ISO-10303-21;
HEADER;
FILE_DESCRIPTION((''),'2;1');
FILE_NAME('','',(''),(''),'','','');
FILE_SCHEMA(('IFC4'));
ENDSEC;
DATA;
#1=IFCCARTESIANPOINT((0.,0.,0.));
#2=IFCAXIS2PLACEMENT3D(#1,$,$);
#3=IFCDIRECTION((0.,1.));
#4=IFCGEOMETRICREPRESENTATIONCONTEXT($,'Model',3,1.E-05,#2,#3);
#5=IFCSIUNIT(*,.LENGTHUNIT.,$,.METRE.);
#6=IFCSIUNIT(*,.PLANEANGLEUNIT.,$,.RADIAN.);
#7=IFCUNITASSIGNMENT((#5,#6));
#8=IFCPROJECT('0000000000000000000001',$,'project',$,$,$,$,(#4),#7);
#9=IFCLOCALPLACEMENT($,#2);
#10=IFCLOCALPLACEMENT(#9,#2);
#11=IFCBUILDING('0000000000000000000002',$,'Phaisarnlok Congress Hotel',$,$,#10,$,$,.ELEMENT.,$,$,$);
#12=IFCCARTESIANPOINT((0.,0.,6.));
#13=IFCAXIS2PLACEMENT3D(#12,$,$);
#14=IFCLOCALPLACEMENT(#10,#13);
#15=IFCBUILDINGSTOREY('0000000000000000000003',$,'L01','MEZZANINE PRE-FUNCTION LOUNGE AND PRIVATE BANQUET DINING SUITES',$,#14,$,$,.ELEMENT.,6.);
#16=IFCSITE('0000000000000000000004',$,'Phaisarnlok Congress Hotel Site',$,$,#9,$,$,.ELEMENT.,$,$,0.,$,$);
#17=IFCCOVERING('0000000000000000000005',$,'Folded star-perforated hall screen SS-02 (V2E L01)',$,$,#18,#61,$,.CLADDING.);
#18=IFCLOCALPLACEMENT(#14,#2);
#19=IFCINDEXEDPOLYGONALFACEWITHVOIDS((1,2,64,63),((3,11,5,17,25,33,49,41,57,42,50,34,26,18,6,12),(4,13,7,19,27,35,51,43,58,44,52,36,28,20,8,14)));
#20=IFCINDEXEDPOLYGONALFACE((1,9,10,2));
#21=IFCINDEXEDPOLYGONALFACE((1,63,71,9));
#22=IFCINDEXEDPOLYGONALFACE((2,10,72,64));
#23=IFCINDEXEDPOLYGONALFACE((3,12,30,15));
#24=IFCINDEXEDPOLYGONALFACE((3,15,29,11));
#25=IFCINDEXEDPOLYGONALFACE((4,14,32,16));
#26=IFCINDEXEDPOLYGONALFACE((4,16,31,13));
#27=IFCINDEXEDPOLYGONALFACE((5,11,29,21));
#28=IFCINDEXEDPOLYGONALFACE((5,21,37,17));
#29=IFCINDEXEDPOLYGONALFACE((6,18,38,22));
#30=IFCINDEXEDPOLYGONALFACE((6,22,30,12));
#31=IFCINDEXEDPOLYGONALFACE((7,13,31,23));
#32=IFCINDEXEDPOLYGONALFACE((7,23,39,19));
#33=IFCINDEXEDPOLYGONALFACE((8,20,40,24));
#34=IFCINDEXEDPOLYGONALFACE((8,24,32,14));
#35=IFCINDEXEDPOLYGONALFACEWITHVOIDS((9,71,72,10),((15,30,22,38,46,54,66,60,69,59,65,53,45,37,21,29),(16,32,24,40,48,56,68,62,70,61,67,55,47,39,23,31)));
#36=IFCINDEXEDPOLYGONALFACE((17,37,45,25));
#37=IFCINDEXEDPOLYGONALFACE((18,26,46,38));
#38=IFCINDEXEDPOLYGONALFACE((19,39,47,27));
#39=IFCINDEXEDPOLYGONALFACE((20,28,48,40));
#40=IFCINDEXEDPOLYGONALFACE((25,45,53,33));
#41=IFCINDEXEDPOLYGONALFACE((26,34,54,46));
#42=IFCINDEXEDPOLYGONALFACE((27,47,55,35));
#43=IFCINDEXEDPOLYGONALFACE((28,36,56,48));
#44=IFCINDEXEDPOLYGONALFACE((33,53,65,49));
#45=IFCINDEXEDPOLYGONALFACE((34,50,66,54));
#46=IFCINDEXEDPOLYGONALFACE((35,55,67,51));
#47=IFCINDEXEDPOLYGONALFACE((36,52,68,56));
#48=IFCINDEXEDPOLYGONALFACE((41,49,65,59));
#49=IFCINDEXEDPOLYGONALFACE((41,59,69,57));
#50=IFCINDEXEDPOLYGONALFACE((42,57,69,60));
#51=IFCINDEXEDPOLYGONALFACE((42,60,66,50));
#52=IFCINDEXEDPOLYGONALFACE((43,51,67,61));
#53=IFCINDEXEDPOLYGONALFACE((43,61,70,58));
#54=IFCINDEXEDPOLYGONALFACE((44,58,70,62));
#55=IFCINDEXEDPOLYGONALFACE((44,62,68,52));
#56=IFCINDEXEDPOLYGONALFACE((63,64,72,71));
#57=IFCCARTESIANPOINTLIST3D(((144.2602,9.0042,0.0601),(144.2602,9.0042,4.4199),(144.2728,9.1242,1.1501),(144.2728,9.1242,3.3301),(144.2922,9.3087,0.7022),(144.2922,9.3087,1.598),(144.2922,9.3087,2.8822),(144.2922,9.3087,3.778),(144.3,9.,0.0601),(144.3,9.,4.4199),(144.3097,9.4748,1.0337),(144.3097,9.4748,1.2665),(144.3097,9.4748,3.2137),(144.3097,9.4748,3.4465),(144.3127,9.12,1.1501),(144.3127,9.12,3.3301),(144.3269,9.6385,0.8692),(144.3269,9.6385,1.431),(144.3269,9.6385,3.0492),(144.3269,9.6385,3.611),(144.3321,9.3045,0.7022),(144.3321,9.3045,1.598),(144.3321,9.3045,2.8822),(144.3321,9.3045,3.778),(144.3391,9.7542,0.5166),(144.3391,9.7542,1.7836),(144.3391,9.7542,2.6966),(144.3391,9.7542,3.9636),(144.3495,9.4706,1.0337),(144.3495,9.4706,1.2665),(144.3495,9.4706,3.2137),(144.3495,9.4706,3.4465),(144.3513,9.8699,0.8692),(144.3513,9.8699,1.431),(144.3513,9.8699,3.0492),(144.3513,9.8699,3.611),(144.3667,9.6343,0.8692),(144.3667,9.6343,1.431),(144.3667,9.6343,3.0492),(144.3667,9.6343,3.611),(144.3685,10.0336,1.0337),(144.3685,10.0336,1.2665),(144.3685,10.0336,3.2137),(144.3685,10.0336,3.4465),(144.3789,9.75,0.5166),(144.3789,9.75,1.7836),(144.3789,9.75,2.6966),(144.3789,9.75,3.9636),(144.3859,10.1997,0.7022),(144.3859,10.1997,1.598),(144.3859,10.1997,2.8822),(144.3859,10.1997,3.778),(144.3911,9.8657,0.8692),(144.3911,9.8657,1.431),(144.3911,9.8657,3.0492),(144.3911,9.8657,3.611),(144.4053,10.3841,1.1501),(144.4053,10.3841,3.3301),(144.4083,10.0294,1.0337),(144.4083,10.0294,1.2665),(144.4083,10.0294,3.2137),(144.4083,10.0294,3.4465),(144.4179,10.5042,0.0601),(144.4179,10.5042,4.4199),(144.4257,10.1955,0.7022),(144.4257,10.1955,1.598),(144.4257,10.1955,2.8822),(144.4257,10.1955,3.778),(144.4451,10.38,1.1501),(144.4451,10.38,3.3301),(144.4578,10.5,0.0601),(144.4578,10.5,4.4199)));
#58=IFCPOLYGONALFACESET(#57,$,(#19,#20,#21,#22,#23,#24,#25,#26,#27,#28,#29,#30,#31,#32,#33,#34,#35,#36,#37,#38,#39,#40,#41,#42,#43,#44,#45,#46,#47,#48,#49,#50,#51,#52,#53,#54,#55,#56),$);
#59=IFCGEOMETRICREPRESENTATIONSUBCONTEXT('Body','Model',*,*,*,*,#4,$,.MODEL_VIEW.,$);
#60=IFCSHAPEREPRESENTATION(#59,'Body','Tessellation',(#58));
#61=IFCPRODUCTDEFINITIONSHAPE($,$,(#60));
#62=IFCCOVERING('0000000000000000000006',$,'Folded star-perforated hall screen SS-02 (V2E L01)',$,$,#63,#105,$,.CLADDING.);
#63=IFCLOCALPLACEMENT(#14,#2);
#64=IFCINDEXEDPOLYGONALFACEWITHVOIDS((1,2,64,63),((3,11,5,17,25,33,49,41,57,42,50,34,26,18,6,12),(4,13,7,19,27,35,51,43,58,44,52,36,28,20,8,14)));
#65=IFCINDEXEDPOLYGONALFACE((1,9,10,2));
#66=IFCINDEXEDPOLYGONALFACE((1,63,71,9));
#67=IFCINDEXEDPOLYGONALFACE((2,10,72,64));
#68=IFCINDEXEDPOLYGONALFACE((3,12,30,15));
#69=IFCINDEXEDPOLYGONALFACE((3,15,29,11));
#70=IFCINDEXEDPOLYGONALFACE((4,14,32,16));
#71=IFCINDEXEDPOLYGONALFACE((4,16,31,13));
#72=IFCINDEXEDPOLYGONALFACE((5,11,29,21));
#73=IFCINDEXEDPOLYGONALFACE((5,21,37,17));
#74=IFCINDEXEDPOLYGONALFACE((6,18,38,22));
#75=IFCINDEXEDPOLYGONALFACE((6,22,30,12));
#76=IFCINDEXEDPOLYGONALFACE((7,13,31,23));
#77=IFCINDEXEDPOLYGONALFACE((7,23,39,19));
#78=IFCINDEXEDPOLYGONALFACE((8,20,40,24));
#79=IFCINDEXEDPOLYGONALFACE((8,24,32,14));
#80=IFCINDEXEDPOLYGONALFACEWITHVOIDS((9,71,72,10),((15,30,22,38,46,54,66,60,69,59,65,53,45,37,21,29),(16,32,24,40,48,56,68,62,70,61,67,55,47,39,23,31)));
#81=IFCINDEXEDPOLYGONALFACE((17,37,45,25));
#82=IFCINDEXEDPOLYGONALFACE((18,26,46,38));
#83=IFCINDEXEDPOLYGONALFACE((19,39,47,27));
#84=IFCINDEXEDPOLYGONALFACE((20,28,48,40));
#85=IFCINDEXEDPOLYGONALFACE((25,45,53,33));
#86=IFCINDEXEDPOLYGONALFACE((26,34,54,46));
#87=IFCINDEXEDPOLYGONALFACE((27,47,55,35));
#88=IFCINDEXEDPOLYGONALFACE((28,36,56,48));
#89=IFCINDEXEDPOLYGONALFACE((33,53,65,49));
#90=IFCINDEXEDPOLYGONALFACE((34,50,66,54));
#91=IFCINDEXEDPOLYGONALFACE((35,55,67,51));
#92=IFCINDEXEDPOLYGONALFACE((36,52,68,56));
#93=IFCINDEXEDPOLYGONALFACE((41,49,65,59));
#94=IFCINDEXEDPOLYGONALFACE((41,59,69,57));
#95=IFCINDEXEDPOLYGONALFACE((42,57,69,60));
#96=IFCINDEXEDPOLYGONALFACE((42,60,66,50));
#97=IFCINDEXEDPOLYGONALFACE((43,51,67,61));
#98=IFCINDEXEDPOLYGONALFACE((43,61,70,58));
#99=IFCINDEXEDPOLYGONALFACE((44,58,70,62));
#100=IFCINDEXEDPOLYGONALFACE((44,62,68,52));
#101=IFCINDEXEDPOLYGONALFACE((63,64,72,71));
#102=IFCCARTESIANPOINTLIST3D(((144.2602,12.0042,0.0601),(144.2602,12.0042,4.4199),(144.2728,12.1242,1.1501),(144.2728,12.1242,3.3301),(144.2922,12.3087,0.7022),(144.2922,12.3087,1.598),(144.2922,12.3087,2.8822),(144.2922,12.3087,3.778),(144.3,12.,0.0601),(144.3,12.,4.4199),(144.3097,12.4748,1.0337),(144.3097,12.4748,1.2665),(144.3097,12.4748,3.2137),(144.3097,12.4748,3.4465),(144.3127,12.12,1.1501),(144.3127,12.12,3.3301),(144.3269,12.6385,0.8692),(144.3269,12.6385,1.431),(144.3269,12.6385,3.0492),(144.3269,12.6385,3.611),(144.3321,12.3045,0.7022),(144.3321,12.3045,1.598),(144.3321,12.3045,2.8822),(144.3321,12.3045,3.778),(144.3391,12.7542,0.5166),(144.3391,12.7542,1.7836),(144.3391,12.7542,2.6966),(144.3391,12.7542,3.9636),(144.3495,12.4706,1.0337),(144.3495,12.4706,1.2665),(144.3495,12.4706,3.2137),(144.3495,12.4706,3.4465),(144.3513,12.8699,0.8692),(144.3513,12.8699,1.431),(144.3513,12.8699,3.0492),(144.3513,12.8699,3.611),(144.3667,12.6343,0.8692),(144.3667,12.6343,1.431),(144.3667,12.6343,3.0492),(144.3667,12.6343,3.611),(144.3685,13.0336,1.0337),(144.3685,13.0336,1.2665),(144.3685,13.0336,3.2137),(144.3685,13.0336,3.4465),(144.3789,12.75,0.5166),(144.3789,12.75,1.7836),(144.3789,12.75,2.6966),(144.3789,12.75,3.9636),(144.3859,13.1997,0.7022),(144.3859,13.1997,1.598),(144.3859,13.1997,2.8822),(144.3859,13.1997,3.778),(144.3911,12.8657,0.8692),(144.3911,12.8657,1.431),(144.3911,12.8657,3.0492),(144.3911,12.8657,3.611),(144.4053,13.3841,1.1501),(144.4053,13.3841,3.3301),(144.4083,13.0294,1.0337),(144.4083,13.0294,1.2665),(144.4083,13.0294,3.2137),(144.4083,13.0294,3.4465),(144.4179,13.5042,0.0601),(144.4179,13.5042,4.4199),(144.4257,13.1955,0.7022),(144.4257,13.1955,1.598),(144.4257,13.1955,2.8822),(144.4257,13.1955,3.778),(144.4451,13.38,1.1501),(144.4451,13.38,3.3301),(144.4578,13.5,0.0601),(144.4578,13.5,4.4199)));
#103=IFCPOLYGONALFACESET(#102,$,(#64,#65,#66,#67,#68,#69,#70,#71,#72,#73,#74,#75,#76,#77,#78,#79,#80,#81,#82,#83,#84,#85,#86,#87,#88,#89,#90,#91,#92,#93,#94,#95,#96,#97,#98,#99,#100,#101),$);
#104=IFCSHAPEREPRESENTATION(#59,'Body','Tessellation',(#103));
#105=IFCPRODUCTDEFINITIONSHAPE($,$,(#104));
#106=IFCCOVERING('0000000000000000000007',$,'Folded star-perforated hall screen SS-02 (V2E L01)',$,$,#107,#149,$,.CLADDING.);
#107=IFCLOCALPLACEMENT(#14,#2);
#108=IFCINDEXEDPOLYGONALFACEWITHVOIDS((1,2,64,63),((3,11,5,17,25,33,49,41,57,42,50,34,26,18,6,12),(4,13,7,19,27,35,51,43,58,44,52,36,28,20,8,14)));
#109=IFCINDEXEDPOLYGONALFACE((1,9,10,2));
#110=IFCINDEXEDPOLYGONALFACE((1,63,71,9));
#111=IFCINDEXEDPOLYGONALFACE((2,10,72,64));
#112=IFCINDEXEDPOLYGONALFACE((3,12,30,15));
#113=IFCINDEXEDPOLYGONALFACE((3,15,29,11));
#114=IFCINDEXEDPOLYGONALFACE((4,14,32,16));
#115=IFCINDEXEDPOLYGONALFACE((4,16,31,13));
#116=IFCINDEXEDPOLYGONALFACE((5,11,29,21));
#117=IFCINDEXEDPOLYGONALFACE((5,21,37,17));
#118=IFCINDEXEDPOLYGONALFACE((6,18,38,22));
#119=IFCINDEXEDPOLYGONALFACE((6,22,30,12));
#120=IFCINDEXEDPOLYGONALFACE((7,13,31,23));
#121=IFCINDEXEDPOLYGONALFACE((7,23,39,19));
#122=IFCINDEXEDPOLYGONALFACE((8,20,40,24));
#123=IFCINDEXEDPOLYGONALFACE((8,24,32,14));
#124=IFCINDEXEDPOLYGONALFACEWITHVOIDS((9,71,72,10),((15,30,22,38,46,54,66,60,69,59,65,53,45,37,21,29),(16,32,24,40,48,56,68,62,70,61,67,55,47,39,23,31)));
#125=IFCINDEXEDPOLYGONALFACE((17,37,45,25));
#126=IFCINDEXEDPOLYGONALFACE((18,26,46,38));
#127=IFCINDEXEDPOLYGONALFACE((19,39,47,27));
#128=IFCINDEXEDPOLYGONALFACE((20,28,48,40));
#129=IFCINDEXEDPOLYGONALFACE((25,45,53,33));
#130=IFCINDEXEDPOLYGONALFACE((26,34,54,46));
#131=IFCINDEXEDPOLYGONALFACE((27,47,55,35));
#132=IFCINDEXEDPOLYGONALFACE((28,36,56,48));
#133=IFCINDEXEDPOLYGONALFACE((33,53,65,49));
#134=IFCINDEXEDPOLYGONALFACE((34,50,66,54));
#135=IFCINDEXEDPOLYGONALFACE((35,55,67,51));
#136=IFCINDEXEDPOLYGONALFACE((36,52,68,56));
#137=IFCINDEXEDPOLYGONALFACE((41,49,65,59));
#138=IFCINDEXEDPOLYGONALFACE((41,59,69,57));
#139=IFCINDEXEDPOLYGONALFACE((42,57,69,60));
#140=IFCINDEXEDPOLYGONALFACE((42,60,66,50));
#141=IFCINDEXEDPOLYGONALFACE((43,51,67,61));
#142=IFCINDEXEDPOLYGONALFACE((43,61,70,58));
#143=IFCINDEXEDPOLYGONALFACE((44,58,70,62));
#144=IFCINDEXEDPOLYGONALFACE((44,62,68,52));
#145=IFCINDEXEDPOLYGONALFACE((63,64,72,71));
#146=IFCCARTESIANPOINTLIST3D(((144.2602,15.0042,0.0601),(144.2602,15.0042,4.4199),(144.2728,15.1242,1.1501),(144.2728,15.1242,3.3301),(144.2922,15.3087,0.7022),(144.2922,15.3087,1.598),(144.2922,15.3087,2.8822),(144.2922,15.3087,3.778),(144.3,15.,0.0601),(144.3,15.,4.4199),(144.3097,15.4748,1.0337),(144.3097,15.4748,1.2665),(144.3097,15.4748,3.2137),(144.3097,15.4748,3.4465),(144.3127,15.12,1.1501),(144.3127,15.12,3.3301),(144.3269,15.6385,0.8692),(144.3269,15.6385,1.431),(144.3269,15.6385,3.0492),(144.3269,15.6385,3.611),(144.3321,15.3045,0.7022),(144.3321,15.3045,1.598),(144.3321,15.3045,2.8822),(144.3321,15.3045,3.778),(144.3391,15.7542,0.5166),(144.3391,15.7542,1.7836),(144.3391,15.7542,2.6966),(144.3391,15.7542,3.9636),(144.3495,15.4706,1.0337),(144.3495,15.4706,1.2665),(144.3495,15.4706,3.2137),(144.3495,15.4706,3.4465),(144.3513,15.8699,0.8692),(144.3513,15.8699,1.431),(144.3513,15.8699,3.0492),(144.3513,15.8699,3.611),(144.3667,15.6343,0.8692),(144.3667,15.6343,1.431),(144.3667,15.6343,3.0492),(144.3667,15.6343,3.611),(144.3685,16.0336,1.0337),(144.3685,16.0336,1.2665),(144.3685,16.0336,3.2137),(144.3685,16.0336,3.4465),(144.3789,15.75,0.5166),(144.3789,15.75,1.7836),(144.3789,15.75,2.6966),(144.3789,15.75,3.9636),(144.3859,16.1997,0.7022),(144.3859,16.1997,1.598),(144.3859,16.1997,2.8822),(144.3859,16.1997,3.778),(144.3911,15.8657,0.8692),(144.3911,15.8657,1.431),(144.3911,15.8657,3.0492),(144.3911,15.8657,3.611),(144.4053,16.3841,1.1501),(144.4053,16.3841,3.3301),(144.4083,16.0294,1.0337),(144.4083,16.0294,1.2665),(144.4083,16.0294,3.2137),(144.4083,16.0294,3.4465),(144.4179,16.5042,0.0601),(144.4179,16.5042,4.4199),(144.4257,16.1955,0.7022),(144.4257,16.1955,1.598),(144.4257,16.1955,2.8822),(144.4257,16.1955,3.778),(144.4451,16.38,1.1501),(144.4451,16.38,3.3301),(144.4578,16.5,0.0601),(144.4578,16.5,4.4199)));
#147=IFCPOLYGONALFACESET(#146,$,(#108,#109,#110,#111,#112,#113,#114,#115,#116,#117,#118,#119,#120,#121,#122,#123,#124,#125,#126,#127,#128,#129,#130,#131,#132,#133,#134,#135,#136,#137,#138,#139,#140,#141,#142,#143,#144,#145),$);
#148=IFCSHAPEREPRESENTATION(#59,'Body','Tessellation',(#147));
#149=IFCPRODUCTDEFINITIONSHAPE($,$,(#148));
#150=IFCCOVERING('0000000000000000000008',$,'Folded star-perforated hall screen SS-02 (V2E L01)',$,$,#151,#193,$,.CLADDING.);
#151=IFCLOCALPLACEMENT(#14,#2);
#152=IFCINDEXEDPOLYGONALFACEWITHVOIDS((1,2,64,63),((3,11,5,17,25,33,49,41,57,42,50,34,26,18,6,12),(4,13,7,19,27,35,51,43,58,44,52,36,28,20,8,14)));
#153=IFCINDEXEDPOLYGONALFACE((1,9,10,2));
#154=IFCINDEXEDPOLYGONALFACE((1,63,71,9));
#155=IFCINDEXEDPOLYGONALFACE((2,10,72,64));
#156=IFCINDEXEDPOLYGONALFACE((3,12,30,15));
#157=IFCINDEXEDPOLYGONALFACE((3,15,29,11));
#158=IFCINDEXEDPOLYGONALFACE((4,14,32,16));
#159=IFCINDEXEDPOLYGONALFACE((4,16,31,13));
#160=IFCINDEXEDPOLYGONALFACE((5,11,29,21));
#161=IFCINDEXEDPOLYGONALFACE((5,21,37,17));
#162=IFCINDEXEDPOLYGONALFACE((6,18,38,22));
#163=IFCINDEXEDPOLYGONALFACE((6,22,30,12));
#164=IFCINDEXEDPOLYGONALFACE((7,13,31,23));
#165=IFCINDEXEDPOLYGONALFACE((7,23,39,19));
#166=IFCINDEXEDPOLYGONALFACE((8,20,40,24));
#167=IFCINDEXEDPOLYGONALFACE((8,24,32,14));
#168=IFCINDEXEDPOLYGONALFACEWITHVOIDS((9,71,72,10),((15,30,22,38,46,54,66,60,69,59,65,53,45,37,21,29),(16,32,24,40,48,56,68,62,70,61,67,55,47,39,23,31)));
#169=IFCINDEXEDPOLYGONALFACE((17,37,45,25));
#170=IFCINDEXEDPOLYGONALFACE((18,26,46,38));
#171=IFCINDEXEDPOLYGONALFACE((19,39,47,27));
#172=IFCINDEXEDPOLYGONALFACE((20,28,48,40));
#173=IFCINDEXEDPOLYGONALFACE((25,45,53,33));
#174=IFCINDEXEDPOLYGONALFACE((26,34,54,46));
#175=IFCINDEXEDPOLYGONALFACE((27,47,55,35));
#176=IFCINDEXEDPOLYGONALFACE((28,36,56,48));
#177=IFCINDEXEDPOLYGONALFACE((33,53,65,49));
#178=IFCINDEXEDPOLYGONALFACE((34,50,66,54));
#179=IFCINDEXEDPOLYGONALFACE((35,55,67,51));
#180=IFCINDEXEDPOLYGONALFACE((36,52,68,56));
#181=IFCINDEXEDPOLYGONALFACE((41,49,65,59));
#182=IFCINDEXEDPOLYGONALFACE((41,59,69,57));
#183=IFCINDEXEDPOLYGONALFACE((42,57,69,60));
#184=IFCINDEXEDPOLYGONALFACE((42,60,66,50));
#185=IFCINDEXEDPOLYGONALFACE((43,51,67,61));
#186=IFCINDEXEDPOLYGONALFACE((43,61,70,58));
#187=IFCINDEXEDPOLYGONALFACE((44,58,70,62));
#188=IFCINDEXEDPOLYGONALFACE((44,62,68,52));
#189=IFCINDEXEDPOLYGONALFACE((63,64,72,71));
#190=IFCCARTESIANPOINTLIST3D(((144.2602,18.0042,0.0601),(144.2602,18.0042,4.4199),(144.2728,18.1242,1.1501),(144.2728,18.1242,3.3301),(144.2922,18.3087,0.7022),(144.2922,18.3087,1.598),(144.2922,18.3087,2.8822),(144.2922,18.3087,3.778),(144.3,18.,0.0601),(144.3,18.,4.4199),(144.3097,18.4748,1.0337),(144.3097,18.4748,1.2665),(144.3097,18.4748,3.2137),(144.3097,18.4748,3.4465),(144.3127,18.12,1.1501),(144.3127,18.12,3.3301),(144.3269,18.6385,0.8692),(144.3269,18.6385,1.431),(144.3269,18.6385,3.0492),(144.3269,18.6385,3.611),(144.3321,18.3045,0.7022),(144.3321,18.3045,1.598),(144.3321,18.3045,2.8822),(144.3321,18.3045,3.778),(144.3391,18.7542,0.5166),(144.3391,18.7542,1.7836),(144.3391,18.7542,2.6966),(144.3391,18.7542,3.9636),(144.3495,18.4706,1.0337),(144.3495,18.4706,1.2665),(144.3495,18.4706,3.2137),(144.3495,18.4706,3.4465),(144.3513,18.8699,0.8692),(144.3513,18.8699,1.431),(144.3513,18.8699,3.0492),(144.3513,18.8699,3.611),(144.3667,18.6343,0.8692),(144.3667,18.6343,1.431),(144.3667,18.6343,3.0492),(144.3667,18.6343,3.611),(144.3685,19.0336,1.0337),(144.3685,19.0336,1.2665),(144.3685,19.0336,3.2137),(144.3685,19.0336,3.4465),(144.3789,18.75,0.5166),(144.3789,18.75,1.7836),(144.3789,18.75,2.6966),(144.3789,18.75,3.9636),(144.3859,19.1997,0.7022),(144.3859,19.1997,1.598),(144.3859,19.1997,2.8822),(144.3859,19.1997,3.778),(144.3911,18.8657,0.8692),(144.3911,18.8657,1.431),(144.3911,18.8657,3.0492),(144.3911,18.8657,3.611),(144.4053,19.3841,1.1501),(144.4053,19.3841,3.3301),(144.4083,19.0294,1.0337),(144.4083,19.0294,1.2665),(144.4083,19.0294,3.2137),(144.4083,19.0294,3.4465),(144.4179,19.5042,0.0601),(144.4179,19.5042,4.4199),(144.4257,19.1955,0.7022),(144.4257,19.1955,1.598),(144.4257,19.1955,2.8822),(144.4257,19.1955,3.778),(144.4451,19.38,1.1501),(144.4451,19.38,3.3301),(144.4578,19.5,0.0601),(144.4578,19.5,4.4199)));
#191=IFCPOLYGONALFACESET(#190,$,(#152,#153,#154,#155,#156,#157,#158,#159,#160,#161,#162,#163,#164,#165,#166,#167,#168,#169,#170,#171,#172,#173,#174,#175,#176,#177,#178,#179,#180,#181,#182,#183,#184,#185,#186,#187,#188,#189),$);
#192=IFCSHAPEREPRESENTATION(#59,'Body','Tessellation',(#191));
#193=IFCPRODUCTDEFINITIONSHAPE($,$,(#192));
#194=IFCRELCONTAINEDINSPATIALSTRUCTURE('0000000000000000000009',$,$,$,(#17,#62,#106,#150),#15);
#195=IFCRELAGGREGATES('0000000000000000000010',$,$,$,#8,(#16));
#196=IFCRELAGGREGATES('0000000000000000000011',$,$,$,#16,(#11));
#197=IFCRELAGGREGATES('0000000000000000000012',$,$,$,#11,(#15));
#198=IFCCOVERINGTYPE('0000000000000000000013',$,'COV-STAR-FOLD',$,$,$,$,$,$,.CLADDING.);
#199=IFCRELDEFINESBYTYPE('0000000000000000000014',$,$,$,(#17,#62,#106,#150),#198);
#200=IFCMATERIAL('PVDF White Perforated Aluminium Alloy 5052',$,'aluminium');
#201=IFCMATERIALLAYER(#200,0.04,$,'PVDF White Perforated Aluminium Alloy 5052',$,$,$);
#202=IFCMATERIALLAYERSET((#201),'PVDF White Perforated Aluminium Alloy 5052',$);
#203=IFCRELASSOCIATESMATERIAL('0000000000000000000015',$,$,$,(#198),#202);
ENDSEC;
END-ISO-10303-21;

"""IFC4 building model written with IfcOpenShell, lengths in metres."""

from ifc_helpers import new_model, si_unit, direction, frame, origin, place, context, subcontext, project, spatial, polyline, outline, extrude, material, layer, layer_set, type_object, element, save


model = new_model("IFC4")

# Units and contexts
model_context = context("Model", 3, precision=1e-05, world=origin(), true_north=direction((0.0, 1.0)))
body_context = subcontext(model_context, "Body", "Model", "MODEL_VIEW")
ifc_project = project(units=[si_unit("LENGTHUNIT", "METRE"), si_unit("PLANEANGLEUNIT", "RADIAN")], contexts=[model_context])

# Site, building, storey
site_placement = place(None, origin())
site = spatial("IfcSite", under=ifc_project, at=site_placement, Name="Phaisarnlok Congress Hotel Site", CompositionType="ELEMENT", RefElevation=0.0)
building_placement = place(site_placement, origin())
building = spatial("IfcBuilding", under=site, at=building_placement, Name="Phaisarnlok Congress Hotel", CompositionType="ELEMENT")
storey_placement = place(building_placement, frame((0.0, 0.0, 6.0)))
storey = spatial("IfcBuildingStorey", under=building, at=storey_placement, Name="L01", Description="MEZZANINE PRE-FUNCTION LOUNGE AND PRIVATE BANQUET DINING SUITES", CompositionType="ELEMENT", Elevation=6.0)

# Coverings
ifc_material_1 = material(Name="PVDF White Perforated Aluminium Alloy 5052", Category="aluminium")
ifc_layer_1 = layer(ifc_material_1, 0.04, Name="PVDF White Perforated Aluminium Alloy 5052")
ifc_layer_set_1 = layer_set([ifc_layer_1], Name="PVDF White Perforated Aluminium Alloy 5052")
covering_type = type_object("IfcCoveringType", Name="COV-STAR-FOLD", PredefinedType="CLADDING", material=ifc_layer_set_1)
for number, where, z_axis, x_axis, name in (
    (1, (144.4578, 10.5, 0.0601), (-0.994518, 0.104567, 0.0), (-0.104567, -0.994518, 0.0), "Folded star-perforated hall screen SS-02 (V2E L01)"),
    (2, (144.4578, 13.5, 0.0601), (-0.994518, 0.104567, 0.0), (-0.104567, -0.994518, 0.0), "Folded star-perforated hall screen SS-02 (V2E L01)"),
    (3, (144.4578, 16.5, 0.0601), (-0.994518, 0.104567, 0.0), (-0.104567, -0.994518, 0.0), "Folded star-perforated hall screen SS-02 (V2E L01)"),
    (4, (144.4578, 19.5, 0.0601), (-0.994518, 0.104567, 0.0), (-0.104567, -0.994518, 0.0), "Folded star-perforated hall screen SS-02 (V2E L01)"),
):
    element("IfcCovering", number, at=place(storey_placement, frame(where, z_axis=z_axis, x_axis=x_axis)), inside=storey, type_object=covering_type, Name=name, PredefinedType="CLADDING", context=body_context, shape_type="SweptSolid", body=[
        extrude(outline(polyline([(0.0, 0.0), (1.5083, 0.0), (1.5083, 4.3599), (0.0, 4.3599), (0.0, 0.0)]), holes=[polyline([(1.0351, 0.9736), (1.2021, 0.6421), (0.8705, 0.8091), (0.7541, 0.4565), (0.6378, 0.8091), (0.3062, 0.6421), (0.4732, 0.9736), (0.1207, 1.09), (0.4732, 1.2064), (0.3062, 1.5379), (0.6378, 1.3709), (0.7541, 1.7235), (0.8705, 1.3709), (1.2021, 1.5379), (1.0351, 1.2064), (1.3876, 1.09), (1.0351, 0.9736)]), polyline([(1.0351, 3.1536), (1.2021, 2.8221), (0.8705, 2.9891), (0.7541, 2.6365), (0.6378, 2.9891), (0.3062, 2.8221), (0.4732, 3.1536), (0.1207, 3.27), (0.4732, 3.3864), (0.3062, 3.7179), (0.6378, 3.5509), (0.7541, 3.9035), (0.8705, 3.5509), (1.2021, 3.7179), (1.0351, 3.3864), (1.3876, 3.27), (1.0351, 3.1536)])]), origin(), (0.0, 0.0, 1.0), 0.04),
    ])

save(model, "model.ifc")
